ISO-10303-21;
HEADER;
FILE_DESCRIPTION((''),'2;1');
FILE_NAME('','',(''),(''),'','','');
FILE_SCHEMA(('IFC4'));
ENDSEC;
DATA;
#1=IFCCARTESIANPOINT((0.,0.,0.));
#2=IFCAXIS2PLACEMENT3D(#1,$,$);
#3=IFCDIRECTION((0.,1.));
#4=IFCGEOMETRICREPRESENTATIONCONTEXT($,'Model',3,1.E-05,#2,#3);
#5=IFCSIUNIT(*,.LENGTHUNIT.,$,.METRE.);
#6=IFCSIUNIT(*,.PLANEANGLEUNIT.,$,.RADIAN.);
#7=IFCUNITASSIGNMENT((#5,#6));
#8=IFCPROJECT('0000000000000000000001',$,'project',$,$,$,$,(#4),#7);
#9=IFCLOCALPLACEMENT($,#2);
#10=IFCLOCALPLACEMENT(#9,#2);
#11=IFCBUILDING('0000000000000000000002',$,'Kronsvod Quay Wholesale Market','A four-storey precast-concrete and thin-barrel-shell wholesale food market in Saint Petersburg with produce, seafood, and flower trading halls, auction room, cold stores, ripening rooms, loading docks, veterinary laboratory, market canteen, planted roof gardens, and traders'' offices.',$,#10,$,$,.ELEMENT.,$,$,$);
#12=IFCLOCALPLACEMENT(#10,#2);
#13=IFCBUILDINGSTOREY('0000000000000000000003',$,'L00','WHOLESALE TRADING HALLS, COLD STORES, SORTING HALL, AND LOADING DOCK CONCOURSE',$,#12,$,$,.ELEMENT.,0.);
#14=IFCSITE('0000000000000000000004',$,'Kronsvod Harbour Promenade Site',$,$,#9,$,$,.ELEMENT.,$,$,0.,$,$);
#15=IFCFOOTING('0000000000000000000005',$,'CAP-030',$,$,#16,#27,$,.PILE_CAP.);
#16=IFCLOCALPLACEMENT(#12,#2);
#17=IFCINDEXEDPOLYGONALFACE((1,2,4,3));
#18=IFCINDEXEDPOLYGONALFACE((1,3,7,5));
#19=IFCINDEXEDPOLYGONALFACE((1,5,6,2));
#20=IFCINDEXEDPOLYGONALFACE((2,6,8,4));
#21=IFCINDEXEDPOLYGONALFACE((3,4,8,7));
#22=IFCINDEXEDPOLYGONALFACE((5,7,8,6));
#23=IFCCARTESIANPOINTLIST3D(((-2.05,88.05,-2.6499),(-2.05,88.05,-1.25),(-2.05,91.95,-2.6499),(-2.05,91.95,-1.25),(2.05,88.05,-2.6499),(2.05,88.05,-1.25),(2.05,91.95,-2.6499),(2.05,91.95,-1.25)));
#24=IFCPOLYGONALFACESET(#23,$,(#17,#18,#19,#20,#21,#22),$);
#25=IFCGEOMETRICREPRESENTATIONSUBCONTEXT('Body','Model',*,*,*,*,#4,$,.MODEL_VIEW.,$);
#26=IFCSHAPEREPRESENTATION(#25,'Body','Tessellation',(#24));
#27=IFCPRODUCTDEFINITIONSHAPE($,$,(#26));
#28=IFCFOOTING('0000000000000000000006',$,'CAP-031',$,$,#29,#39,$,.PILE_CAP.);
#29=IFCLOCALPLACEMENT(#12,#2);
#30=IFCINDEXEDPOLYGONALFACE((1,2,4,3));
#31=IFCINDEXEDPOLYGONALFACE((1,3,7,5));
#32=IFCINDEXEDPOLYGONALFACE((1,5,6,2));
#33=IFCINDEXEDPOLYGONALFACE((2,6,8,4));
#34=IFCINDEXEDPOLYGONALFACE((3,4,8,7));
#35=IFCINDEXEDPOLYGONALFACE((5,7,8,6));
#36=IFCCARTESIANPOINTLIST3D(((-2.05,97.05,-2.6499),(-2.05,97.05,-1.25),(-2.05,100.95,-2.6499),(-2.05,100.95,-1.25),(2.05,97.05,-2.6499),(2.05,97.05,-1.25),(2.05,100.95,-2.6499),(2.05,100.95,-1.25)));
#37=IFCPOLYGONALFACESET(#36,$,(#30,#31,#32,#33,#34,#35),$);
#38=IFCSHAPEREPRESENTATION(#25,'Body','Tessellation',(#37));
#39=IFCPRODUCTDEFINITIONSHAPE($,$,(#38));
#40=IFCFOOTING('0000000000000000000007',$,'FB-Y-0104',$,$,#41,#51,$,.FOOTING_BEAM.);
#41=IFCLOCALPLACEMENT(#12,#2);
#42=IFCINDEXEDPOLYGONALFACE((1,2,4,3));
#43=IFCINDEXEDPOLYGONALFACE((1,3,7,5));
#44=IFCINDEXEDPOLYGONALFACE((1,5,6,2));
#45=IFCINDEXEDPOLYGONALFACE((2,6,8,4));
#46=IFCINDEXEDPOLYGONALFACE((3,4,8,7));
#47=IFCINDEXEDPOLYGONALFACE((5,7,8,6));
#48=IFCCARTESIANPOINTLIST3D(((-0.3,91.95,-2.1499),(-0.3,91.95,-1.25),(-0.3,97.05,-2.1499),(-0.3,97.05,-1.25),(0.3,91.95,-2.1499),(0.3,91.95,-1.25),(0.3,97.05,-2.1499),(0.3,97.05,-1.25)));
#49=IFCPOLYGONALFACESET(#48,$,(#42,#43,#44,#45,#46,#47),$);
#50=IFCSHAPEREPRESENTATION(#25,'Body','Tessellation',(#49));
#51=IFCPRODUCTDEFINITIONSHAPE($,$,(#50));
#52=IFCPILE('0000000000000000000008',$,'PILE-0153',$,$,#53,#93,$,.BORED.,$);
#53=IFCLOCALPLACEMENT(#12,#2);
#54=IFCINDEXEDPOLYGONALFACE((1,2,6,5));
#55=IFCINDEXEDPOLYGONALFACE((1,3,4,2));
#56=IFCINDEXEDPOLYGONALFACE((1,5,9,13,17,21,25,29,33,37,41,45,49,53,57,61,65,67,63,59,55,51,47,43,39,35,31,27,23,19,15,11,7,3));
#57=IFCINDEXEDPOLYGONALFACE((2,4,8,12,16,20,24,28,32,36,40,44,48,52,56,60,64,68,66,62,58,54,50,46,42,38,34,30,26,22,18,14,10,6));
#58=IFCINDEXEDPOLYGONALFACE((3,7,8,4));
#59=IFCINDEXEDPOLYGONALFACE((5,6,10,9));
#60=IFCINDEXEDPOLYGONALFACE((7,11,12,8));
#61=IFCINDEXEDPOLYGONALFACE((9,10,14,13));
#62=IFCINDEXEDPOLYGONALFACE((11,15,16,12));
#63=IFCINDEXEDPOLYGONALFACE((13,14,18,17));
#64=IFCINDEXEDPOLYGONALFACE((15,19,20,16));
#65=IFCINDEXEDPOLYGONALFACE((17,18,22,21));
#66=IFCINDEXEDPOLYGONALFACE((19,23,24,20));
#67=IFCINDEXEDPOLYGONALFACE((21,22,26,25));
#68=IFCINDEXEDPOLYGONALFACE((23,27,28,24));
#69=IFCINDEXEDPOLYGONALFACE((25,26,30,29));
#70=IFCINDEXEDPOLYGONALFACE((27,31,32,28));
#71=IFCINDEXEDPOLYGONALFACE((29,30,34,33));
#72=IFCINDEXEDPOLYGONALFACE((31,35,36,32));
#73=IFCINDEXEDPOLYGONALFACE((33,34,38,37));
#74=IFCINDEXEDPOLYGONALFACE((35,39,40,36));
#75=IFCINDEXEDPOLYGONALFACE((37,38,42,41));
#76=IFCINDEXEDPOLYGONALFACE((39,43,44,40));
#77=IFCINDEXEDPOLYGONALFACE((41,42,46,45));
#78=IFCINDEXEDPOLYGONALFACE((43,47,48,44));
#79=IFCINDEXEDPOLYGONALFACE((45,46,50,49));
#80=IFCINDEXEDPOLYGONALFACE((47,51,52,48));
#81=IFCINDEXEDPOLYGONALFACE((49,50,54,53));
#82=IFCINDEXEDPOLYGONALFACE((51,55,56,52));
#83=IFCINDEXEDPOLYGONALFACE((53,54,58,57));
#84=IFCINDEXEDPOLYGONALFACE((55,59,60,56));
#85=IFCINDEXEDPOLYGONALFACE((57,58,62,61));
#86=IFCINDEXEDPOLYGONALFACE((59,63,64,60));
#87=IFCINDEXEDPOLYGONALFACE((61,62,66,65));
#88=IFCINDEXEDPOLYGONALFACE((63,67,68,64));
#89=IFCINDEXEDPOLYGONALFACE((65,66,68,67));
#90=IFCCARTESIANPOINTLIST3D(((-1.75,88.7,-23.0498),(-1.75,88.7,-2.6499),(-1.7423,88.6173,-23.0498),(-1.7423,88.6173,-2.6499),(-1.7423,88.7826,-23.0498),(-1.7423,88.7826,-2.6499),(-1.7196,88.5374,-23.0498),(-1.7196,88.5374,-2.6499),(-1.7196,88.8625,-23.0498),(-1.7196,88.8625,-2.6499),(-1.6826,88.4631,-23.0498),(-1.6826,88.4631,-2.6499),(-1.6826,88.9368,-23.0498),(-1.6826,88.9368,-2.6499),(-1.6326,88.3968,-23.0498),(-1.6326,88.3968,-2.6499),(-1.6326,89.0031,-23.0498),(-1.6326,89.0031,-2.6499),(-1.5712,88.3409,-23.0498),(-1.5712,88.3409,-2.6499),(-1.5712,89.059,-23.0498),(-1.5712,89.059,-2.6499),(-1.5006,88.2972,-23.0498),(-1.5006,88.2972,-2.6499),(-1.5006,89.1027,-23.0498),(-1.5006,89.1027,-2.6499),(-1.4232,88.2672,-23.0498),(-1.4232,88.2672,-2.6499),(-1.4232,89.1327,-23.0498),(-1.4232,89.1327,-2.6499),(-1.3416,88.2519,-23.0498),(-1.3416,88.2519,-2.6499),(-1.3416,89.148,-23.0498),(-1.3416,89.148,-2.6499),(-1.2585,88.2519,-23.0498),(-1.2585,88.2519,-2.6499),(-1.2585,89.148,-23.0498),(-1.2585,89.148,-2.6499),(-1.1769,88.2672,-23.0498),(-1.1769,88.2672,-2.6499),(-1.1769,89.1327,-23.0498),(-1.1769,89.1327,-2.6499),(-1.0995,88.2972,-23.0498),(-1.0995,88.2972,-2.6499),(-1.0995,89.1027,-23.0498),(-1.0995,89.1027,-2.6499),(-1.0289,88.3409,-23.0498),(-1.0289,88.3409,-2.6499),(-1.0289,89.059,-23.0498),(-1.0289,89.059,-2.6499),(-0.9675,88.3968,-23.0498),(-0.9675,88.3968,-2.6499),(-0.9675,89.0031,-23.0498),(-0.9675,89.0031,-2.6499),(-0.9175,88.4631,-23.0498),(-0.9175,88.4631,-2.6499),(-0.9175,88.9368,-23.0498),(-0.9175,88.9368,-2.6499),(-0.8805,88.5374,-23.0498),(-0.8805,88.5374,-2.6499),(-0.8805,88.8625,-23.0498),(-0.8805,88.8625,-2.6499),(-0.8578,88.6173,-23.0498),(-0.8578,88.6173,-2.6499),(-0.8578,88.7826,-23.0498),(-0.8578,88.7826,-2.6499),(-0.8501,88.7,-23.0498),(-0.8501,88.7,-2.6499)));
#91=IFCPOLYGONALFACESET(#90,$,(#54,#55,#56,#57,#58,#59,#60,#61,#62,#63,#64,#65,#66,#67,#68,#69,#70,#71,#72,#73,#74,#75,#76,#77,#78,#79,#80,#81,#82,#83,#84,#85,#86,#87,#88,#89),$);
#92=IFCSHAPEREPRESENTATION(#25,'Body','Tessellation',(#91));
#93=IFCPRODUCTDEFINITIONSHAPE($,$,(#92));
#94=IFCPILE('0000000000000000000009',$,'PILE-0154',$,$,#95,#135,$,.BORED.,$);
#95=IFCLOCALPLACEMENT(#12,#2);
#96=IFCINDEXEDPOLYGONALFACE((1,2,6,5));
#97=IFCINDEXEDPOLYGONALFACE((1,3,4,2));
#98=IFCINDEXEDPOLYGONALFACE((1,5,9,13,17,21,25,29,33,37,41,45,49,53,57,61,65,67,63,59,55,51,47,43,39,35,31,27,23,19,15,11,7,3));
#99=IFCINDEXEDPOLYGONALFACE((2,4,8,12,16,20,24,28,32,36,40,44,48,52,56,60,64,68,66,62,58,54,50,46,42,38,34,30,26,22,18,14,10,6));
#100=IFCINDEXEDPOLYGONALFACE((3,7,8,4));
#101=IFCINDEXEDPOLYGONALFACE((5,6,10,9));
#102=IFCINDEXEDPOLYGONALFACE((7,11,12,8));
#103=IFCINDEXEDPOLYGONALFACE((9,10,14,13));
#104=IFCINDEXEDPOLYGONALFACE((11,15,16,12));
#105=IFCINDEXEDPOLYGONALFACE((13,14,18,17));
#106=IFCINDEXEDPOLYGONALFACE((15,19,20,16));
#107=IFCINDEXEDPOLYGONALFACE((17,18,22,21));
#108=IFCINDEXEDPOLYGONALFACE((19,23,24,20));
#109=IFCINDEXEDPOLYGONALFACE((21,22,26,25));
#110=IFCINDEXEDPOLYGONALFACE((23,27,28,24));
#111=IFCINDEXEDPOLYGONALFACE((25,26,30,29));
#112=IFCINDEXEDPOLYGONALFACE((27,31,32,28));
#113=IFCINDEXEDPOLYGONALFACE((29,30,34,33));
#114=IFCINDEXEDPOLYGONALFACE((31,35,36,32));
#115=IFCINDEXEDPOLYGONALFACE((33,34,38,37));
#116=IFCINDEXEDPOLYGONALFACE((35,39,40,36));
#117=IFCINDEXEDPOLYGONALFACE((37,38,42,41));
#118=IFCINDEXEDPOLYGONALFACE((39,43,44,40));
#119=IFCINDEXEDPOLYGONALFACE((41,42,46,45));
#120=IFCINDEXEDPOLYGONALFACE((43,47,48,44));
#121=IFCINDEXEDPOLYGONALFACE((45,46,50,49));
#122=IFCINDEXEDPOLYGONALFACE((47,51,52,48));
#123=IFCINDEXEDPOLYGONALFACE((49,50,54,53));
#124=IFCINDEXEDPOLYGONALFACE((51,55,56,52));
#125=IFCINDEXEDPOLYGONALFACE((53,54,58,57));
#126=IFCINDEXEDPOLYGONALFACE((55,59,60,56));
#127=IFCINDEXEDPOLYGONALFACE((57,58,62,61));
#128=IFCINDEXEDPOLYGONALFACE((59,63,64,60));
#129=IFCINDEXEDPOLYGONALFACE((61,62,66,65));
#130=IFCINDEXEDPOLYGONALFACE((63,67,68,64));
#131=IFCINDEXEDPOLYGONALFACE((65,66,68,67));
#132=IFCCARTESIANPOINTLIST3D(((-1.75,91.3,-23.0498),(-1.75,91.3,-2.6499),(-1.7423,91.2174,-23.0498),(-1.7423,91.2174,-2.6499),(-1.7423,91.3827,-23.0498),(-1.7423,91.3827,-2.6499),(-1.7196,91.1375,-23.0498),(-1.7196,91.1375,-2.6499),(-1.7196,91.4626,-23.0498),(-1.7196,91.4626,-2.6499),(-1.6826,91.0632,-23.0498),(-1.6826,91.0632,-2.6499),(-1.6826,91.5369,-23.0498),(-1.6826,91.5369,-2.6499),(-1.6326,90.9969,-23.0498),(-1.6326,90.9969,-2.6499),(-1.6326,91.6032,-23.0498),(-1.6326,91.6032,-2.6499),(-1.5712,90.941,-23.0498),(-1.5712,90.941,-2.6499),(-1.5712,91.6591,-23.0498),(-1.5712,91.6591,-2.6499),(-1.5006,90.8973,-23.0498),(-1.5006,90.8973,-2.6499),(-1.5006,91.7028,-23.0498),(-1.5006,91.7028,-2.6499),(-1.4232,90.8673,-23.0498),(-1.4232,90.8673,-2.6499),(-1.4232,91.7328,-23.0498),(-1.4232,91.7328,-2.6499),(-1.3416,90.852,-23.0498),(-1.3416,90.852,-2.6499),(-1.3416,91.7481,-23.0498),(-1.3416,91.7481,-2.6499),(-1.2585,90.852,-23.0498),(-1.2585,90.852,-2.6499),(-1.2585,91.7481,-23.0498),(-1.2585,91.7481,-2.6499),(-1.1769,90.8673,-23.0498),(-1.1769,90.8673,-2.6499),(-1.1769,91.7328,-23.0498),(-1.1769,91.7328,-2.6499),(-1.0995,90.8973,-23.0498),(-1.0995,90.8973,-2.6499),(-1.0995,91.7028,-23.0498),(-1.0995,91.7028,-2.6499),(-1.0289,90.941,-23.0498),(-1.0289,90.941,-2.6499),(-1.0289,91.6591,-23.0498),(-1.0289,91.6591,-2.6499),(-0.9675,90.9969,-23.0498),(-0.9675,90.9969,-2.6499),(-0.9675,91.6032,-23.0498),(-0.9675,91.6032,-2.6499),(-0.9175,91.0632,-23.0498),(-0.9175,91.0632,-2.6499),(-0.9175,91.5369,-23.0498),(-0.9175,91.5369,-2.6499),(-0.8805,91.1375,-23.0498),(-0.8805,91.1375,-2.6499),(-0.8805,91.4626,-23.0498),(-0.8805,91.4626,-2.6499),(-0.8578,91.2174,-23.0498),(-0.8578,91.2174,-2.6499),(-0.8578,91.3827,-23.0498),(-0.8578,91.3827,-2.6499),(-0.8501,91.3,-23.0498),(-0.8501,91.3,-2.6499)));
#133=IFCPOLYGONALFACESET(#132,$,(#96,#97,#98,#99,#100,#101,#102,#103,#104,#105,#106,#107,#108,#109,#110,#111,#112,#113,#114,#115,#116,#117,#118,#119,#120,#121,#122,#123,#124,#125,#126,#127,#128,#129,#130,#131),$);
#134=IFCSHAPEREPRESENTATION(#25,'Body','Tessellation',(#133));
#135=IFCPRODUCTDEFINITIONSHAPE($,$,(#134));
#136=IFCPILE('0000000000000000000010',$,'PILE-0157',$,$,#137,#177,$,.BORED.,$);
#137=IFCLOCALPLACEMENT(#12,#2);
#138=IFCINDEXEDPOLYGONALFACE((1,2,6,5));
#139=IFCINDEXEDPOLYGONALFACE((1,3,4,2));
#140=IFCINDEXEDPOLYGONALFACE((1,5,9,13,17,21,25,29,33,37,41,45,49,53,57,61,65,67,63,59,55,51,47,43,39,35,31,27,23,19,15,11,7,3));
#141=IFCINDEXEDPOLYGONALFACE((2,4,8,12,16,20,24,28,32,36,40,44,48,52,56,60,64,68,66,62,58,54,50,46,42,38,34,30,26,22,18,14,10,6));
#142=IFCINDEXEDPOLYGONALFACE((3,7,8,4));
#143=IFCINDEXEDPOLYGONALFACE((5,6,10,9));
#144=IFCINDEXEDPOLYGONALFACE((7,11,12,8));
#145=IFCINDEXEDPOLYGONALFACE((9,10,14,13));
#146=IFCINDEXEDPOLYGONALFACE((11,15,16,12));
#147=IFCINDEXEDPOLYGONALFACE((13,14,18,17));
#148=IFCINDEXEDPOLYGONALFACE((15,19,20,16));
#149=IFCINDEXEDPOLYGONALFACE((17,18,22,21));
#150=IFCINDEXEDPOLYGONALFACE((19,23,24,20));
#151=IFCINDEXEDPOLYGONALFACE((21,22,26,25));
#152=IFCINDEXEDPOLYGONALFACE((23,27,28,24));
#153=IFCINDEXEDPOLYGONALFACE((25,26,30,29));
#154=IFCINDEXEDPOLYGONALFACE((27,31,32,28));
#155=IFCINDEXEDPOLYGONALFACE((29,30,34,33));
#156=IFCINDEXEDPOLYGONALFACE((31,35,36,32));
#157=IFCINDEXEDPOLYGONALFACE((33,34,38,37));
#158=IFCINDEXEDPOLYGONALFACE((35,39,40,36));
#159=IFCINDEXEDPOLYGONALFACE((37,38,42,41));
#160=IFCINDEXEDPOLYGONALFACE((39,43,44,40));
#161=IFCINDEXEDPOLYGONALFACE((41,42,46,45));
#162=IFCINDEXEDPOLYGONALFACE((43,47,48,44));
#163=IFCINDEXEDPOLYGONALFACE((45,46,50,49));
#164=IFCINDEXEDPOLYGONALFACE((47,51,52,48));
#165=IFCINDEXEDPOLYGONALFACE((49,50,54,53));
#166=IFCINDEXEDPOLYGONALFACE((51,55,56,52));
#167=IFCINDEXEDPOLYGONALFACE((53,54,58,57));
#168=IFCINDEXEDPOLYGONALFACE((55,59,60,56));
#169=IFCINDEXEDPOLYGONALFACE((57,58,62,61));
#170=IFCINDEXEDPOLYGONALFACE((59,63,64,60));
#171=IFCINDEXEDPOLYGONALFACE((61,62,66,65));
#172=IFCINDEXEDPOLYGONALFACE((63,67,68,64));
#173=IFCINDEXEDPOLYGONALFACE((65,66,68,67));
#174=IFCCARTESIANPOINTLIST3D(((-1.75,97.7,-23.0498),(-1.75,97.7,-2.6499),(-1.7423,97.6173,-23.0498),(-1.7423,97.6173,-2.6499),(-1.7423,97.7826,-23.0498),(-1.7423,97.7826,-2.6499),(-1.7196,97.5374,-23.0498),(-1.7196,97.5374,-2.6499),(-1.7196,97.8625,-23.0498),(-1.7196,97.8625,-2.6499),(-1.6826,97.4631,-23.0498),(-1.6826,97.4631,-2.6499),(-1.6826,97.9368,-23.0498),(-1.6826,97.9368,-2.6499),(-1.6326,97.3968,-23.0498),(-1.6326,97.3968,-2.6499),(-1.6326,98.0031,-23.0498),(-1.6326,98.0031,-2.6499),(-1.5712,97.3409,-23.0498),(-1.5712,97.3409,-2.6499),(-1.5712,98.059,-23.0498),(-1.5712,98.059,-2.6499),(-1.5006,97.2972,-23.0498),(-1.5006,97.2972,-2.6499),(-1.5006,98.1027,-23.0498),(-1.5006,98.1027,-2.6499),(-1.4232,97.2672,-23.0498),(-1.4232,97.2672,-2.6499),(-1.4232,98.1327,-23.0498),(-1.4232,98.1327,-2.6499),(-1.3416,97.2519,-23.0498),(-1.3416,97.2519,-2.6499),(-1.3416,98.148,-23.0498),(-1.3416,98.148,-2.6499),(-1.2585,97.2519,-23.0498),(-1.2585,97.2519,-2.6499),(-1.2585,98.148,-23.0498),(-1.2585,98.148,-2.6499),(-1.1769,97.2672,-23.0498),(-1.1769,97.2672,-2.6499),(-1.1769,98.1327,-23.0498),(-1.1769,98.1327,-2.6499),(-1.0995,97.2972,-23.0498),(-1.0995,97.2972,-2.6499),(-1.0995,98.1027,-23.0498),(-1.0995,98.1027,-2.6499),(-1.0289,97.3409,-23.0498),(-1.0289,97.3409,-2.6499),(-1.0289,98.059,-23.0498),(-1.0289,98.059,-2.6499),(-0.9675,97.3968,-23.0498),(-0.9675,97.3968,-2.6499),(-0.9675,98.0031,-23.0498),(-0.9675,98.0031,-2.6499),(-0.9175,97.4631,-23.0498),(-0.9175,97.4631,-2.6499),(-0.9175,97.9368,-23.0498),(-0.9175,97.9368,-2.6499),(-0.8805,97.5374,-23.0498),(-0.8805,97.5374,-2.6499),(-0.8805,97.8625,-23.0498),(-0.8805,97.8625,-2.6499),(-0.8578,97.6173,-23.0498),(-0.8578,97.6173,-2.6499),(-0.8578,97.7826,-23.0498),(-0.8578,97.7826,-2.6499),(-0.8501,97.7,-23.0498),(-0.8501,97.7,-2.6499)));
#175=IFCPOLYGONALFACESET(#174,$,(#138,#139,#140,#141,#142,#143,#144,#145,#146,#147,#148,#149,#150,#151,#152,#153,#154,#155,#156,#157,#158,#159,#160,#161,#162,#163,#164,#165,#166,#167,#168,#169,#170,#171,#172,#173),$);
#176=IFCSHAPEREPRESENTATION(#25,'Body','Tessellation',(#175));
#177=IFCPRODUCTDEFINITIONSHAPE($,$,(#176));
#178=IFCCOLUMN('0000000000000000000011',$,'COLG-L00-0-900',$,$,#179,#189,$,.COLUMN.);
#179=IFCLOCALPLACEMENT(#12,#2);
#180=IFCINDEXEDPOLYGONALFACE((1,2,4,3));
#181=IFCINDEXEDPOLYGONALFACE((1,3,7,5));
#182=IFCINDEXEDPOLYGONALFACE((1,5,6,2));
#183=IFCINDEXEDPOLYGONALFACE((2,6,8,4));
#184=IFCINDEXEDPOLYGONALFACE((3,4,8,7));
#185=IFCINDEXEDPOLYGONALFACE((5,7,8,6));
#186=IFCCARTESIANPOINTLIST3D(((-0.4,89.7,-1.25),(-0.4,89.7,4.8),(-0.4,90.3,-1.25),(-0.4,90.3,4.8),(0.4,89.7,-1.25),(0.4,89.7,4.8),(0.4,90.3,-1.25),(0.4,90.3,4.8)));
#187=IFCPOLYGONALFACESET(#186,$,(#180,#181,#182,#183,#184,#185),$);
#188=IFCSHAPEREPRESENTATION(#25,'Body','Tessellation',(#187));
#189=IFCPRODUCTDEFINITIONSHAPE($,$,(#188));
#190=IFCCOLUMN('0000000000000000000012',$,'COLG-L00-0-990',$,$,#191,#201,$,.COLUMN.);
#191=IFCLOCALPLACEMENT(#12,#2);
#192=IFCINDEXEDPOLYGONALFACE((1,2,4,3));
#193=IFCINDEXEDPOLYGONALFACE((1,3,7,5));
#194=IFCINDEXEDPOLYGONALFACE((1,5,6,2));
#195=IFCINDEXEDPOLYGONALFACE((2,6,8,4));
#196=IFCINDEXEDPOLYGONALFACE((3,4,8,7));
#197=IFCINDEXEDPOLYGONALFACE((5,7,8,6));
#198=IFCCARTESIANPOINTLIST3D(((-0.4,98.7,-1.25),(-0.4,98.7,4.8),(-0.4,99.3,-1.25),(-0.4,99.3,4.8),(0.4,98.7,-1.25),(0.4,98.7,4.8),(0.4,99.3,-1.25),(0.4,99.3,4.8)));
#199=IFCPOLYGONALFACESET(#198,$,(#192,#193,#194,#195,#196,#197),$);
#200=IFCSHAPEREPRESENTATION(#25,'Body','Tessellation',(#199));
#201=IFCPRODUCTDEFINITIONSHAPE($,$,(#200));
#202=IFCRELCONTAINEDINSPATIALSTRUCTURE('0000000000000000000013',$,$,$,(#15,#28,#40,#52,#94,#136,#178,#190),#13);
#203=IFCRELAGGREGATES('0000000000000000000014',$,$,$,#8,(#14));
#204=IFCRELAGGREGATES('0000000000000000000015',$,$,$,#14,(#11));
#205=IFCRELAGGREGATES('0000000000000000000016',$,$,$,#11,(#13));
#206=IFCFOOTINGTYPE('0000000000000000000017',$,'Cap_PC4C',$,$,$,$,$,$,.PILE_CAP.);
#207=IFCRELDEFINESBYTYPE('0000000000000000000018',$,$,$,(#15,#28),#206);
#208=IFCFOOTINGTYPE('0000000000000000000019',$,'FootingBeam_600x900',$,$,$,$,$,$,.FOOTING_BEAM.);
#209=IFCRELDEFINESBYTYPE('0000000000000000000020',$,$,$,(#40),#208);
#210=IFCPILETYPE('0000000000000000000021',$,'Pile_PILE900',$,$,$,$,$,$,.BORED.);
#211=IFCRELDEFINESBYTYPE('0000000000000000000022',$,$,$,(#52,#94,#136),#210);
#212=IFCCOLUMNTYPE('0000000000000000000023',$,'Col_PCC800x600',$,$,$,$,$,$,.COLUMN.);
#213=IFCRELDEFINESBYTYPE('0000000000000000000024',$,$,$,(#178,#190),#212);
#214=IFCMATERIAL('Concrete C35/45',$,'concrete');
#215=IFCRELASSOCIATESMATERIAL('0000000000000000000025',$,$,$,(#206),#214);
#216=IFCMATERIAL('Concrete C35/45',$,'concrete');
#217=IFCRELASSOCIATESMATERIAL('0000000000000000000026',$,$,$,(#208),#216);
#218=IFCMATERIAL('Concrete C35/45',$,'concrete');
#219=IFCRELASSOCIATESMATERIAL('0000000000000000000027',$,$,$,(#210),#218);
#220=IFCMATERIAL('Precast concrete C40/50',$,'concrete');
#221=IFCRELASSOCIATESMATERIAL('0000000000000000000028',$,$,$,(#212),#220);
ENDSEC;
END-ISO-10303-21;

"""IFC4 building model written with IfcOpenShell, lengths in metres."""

from ifc_helpers import new_model, si_unit, direction, frame, origin, origin_2d, place, context, subcontext, project, spatial, rectangle, circle, extrude, material, material_profile, profile_set, type_object, element, save


model = new_model("IFC4")

# Units and contexts
model_context = context("Model", 3, precision=1e-05, world=origin(), true_north=direction((0.0, 1.0)))
body_context = subcontext(model_context, "Body", "Model", "MODEL_VIEW")
ifc_project = project(units=[si_unit("LENGTHUNIT", "METRE"), si_unit("PLANEANGLEUNIT", "RADIAN")], contexts=[model_context])

# Site, building, storey
site_placement = place(None, origin())
site = spatial("IfcSite", under=ifc_project, at=site_placement, Name="Kronsvod Harbour Promenade Site", CompositionType="ELEMENT", RefElevation=0.0)
building_placement = place(site_placement, origin())
building = spatial("IfcBuilding", under=site, at=building_placement, Name="Kronsvod Quay Wholesale Market", Description="A four-storey precast-concrete and thin-barrel-shell wholesale food market in Saint Petersburg with produce, seafood, and flower trading halls, auction room, cold stores, ripening rooms, loading docks, veterinary laboratory, market canteen, planted roof gardens, and traders' offices.", CompositionType="ELEMENT")
storey_placement = place(building_placement, origin())
storey = spatial("IfcBuildingStorey", under=building, at=storey_placement, Name="L00", Description="WHOLESALE TRADING HALLS, COLD STORES, SORTING HALL, AND LOADING DOCK CONCOURSE", CompositionType="ELEMENT", Elevation=0.0)

# Footings
ifc_material_1 = material(Name="Concrete C35/45", Category="concrete")
footing_type_1 = type_object("IfcFootingType", Name="Cap_PC4C", PredefinedType="PILE_CAP", material=ifc_material_1)
for number, where, z_axis, x_axis, name in (
    (1, (0.0, 90.0, -2.6499), (0.0, 0.0, 1.0), (1.0, 0.0, 0.0), "CAP-030"),
    (2, (0.0, 99.0, -2.6499), (0.0, 0.0, 1.0), (1.0, 0.0, 0.0), "CAP-031"),
):
    element("IfcFooting", number, at=place(storey_placement, frame(where, z_axis=z_axis, x_axis=x_axis)), inside=storey, type_object=footing_type_1, Name=name, PredefinedType="PILE_CAP", context=body_context, shape_type="SweptSolid", body=[
        extrude(rectangle(XDim=4.1001, YDim=3.8999, at=origin_2d()), origin(), (0.0, 0.0, 1.0), 1.3999),
    ])
ifc_material_2 = material(Name="Concrete C35/45", Category="concrete")
ifc_material_profile_1 = material_profile(ifc_material_2, rectangle(XDim=0.6001, YDim=0.8999, at=origin_2d()), Name="FB-02")
ifc_profile_set_1 = profile_set([ifc_material_profile_1], Name="Concrete C35/45")
footing_type_2 = type_object("IfcFootingType", Name="FootingBeam_600x900", PredefinedType="FOOTING_BEAM", material=ifc_profile_set_1)
footing_placement = place(storey_placement, frame((0.0, 91.95, -1.7), z_axis=(0.0, 1.0, 0.0), x_axis=(-1.0, 0.0, 0.0)))
element("IfcFooting", 3, at=footing_placement, inside=storey, type_object=footing_type_2, Name="FB-Y-0104", PredefinedType="FOOTING_BEAM", context=body_context, shape_type="SweptSolid", body=[
    extrude(rectangle(XDim=0.6001, YDim=0.8999, at=origin_2d()), origin(), (0.0, 0.0, 1.0), 5.1001),
])

# Piles
ifc_material_3 = material(Name="Concrete C35/45", Category="concrete")
ifc_material_profile_2 = material_profile(ifc_material_3, circle(Radius=0.45, at=origin_2d()), Name="PILE900")
ifc_profile_set_2 = profile_set([ifc_material_profile_2], Name="Concrete C35/45")
pile_type = type_object("IfcPileType", Name="Pile_PILE900", PredefinedType="BORED", material=ifc_profile_set_2)
for number, where, z_axis, x_axis, name in (
    (4, (-1.3, 88.7, -2.6499), (0.0, 0.0, -1.0), (1.0, 0.0, 0.0), "PILE-0153"),
    (5, (-1.3, 91.3, -2.6499), (0.0, 0.0, -1.0), (1.0, 0.0, 0.0), "PILE-0154"),
    (6, (-1.3, 97.7, -2.6499), (0.0, 0.0, -1.0), (1.0, 0.0, 0.0), "PILE-0157"),
):
    element("IfcPile", number, at=place(storey_placement, frame(where, z_axis=z_axis, x_axis=x_axis)), inside=storey, type_object=pile_type, Name=name, PredefinedType="BORED", context=body_context, shape_type="SweptSolid", body=[
        extrude(circle(Radius=0.45, at=origin_2d()), origin(), (0.0, 0.0, 1.0), 20.3999),
    ])

# Columns
ifc_material_4 = material(Name="Precast concrete C40/50", Category="concrete")
ifc_material_profile_3 = material_profile(ifc_material_4, rectangle(XDim=0.8, YDim=0.6001, at=origin_2d()), Name="PCC800x600")
ifc_profile_set_3 = profile_set([ifc_material_profile_3], Name="Precast concrete C40/50")
column_type = type_object("IfcColumnType", Name="Col_PCC800x600", PredefinedType="COLUMN", material=ifc_profile_set_3)
for number, where, z_axis, x_axis, name in (
    (7, (0.0, 90.0, -1.25), (0.0, 0.0, 1.0), (1.0, 0.0, 0.0), "COLG-L00-0-900"),
    (8, (0.0, 99.0, -1.25), (0.0, 0.0, 1.0), (1.0, 0.0, 0.0), "COLG-L00-0-990"),
):
    element("IfcColumn", number, at=place(storey_placement, frame(where, z_axis=z_axis, x_axis=x_axis)), inside=storey, type_object=column_type, Name=name, PredefinedType="COLUMN", context=body_context, shape_type="SweptSolid", body=[
        extrude(rectangle(XDim=0.8, YDim=0.6001, at=origin_2d()), origin(), (0.0, 0.0, 1.0), 6.05),
    ])

save(model, "model.ifc")
